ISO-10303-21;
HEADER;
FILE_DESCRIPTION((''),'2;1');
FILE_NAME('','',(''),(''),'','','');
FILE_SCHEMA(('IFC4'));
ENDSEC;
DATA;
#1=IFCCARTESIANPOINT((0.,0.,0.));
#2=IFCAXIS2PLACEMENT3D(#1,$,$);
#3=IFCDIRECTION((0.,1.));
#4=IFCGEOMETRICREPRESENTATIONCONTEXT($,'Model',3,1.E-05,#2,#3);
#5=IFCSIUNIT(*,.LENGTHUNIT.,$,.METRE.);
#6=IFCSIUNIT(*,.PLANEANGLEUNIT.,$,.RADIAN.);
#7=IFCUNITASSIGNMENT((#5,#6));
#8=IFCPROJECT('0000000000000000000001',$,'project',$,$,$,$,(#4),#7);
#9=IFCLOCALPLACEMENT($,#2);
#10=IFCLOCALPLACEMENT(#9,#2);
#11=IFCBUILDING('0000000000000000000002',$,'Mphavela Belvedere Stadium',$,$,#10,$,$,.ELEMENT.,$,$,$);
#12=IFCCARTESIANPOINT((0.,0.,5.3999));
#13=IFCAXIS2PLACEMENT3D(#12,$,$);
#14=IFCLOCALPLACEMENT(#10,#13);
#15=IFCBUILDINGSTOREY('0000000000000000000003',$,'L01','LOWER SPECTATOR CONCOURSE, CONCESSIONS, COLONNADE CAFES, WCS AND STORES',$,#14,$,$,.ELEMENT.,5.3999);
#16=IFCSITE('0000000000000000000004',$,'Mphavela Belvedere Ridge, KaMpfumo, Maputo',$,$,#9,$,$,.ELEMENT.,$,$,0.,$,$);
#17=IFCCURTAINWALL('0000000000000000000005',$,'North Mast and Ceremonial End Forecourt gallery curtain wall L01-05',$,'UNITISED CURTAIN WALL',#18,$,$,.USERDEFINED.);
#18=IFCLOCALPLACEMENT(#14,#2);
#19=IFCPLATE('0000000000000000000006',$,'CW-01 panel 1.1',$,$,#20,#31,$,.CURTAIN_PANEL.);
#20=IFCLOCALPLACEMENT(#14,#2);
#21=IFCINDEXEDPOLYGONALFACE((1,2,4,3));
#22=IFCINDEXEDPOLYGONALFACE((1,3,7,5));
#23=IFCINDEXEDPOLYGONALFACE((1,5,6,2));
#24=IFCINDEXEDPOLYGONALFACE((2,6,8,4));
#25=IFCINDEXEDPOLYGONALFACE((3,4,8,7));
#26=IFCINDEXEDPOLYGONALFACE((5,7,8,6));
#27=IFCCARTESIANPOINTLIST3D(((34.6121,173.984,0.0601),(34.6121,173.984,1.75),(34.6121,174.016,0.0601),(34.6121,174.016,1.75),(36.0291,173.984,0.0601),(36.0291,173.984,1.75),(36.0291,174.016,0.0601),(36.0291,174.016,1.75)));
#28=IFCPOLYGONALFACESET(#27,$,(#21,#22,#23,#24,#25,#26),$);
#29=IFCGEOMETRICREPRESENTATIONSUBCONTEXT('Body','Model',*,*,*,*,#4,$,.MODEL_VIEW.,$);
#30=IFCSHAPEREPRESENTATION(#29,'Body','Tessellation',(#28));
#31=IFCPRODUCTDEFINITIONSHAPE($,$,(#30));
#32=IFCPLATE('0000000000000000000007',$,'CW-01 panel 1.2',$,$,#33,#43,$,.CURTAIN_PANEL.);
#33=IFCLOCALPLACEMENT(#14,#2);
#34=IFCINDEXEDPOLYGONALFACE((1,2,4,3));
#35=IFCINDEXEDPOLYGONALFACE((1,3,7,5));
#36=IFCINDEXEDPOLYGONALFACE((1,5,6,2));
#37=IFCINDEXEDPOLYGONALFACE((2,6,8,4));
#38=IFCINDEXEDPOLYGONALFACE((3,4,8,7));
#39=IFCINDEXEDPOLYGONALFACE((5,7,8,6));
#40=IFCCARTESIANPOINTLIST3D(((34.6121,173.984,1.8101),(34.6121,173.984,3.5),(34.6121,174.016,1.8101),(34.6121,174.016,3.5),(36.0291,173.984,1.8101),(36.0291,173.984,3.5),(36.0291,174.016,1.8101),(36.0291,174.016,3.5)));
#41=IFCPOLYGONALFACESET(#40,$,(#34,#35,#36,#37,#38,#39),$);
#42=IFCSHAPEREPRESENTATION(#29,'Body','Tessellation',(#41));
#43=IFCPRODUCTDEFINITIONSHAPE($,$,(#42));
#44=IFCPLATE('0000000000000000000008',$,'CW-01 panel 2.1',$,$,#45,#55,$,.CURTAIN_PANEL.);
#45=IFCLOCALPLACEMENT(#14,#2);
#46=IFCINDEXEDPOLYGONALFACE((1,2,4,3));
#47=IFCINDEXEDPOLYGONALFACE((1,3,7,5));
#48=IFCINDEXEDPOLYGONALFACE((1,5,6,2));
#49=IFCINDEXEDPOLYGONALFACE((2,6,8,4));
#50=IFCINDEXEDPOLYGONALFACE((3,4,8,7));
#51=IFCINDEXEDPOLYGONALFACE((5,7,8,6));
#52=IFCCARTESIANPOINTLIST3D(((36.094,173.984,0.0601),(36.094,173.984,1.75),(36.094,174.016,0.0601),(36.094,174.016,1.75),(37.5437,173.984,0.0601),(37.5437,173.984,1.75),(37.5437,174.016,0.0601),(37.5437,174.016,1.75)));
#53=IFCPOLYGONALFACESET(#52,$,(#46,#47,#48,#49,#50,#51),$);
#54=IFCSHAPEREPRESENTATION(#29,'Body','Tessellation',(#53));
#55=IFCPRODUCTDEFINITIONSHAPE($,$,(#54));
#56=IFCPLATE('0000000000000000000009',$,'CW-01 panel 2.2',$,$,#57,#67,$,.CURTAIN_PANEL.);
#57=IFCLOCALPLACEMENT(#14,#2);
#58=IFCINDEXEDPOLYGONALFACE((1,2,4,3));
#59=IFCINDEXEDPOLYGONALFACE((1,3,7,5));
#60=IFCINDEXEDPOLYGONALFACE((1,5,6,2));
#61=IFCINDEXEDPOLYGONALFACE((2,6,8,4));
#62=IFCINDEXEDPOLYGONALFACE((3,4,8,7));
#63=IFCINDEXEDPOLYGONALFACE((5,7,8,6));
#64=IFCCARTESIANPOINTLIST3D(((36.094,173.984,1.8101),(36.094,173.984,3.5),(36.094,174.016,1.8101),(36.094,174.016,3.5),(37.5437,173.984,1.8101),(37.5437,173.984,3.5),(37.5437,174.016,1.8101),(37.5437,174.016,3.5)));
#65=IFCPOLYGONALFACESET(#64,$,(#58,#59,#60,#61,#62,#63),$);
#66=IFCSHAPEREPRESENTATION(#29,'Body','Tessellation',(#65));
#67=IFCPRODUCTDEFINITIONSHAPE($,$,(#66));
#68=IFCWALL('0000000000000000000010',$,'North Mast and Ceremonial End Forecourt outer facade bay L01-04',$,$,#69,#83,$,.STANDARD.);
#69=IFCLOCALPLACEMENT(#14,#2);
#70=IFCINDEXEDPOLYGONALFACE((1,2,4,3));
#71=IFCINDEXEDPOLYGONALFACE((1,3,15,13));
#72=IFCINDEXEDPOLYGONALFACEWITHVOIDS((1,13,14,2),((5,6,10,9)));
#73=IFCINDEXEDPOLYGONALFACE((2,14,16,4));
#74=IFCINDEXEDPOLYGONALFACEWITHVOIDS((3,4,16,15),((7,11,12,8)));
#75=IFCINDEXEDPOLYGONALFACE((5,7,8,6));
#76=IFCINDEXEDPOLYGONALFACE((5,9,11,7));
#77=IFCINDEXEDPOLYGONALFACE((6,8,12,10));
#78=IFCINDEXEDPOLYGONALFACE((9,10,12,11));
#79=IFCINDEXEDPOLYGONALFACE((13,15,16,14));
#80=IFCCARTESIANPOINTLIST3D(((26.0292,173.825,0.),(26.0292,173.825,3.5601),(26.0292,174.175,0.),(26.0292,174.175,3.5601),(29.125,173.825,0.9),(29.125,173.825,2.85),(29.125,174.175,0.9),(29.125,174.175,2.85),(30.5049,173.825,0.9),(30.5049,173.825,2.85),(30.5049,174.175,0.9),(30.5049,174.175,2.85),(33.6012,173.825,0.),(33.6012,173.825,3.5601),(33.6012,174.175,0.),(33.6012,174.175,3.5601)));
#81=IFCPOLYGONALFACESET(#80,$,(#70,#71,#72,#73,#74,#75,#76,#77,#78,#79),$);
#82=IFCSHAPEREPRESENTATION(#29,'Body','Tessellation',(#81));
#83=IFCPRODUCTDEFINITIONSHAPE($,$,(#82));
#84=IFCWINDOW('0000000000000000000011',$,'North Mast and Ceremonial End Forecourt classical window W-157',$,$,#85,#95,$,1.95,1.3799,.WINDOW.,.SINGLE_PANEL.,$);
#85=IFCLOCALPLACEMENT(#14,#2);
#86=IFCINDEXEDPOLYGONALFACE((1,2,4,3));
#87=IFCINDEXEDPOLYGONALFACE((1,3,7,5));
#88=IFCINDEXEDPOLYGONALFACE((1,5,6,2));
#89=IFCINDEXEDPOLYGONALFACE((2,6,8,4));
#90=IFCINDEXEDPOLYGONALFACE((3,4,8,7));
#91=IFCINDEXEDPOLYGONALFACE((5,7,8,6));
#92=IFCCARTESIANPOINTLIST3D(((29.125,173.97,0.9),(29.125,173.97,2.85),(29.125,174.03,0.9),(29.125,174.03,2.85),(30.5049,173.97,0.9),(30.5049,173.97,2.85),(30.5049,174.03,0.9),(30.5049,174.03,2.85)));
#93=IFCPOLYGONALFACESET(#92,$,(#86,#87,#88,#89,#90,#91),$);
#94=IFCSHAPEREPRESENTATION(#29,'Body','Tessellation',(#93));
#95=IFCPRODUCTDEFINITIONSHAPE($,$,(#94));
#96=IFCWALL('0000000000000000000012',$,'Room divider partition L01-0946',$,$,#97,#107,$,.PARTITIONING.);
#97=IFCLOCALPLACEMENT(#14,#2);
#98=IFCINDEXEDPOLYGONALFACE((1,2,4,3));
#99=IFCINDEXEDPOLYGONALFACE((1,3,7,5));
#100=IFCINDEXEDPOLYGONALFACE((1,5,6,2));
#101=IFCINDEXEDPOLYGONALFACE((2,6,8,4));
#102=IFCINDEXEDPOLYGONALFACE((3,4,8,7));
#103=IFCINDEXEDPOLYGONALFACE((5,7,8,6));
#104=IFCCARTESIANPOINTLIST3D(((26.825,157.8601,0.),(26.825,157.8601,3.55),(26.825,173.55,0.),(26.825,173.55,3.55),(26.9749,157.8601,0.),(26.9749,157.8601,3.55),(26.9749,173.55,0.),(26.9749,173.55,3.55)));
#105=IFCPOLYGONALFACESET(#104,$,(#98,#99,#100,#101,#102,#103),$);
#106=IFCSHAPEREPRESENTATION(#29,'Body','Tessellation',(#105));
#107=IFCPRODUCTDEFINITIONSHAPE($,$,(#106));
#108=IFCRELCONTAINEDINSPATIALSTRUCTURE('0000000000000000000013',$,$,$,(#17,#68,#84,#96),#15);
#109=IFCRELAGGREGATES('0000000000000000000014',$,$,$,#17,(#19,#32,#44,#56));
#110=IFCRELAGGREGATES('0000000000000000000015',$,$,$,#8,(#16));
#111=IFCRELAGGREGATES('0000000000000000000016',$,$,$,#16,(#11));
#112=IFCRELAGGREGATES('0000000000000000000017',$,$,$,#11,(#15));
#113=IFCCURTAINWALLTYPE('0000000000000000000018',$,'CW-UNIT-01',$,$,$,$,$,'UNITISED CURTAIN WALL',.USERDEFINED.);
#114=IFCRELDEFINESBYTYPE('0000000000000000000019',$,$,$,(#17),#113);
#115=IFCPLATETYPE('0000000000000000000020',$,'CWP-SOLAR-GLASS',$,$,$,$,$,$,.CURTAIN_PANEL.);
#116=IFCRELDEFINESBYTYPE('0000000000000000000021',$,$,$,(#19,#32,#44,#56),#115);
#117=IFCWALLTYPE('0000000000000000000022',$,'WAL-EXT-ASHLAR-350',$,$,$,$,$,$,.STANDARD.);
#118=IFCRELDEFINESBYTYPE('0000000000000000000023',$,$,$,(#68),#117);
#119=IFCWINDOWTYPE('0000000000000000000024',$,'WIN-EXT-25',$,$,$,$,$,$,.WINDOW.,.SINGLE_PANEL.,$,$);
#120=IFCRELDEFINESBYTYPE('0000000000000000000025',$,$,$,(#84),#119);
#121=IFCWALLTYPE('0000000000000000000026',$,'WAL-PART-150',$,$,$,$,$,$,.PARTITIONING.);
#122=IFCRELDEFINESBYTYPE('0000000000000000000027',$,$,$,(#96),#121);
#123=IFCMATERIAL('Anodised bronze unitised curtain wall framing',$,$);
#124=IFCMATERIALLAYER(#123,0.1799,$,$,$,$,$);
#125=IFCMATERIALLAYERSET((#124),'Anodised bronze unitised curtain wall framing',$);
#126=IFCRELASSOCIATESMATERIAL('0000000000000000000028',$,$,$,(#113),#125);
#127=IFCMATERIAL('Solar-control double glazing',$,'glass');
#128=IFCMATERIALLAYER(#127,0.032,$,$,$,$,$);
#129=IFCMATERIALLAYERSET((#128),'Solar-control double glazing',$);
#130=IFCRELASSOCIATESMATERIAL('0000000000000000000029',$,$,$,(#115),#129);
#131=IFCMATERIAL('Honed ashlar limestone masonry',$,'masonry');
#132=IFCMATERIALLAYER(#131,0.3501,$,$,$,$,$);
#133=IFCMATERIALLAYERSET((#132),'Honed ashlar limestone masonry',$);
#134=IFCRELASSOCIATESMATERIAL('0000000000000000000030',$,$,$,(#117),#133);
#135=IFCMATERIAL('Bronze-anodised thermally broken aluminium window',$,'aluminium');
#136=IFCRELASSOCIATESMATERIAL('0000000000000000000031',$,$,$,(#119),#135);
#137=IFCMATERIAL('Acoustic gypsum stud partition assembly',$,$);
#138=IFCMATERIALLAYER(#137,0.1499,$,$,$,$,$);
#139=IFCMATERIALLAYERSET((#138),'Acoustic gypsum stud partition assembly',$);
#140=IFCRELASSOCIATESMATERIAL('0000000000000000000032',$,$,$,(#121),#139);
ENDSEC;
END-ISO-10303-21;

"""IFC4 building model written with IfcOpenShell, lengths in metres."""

from ifc_helpers import new_model, si_unit, direction, frame, frame_2d, origin, origin_2d, place, context, subcontext, project, spatial, rectangle, extrude, material, layer, layer_set, type_object, element, fill, aggregate, save


model = new_model("IFC4")

# Units and contexts
model_context = context("Model", 3, precision=1e-05, world=origin(), true_north=direction((0.0, 1.0)))
body_context = subcontext(model_context, "Body", "Model", "MODEL_VIEW")
ifc_project = project(units=[si_unit("LENGTHUNIT", "METRE"), si_unit("PLANEANGLEUNIT", "RADIAN")], contexts=[model_context])

# Site, building, storey
site_placement = place(None, origin())
site = spatial("IfcSite", under=ifc_project, at=site_placement, Name="Mphavela Belvedere Ridge, KaMpfumo, Maputo", CompositionType="ELEMENT", RefElevation=0.0)
building_placement = place(site_placement, origin())
building = spatial("IfcBuilding", under=site, at=building_placement, Name="Mphavela Belvedere Stadium", CompositionType="ELEMENT")
storey_placement = place(building_placement, frame((0.0, 0.0, 5.3999)))
storey = spatial("IfcBuildingStorey", under=building, at=storey_placement, Name="L01", Description="LOWER SPECTATOR CONCOURSE, CONCESSIONS, COLONNADE CAFES, WCS AND STORES", CompositionType="ELEMENT", Elevation=5.3999)

# Curtain wall, plates
ifc_material_1 = material(Name="Anodised bronze unitised curtain wall framing")
ifc_layer_1 = layer(ifc_material_1, 0.1799)
ifc_layer_set_1 = layer_set([ifc_layer_1], Name="Anodised bronze unitised curtain wall framing")
curtain_wall_type = type_object("IfcCurtainWallType", Name="CW-UNIT-01", ElementType="UNITISED CURTAIN WALL", PredefinedType="USERDEFINED", material=ifc_layer_set_1)
curtain_wall_placement = place(storey_placement, origin())
curtain_wall = element("IfcCurtainWall", 1, at=curtain_wall_placement, inside=storey, type_object=curtain_wall_type, Name="North Mast and Ceremonial End Forecourt gallery curtain wall L01-05", ObjectType="UNITISED CURTAIN WALL", PredefinedType="USERDEFINED")
ifc_material_2 = material(Name="Solar-control double glazing", Category="glass")
ifc_layer_2 = layer(ifc_material_2, 0.032)
ifc_layer_set_2 = layer_set([ifc_layer_2], Name="Solar-control double glazing")
plate_type = type_object("IfcPlateType", Name="CWP-SOLAR-GLASS", PredefinedType="CURTAIN_PANEL", material=ifc_layer_set_2)
plate_1_placement = place(storey_placement, frame((35.3206, 174.0, 0.0601), z_axis=(0.0, 0.0, 1.0), x_axis=(1.0, 0.0, 0.0)))
plate_1 = element("IfcPlate", 2, at=plate_1_placement, type_object=plate_type, Name="CW-01 panel 1.1", PredefinedType="CURTAIN_PANEL", context=body_context, shape_type="SweptSolid", body=[
    extrude(rectangle(XDim=1.417, YDim=0.032, at=origin_2d()), origin(), (0.0, 0.0, 1.0), 1.6899),
])
plate_2_placement = place(storey_placement, frame((35.3206, 174.0, 1.8101), z_axis=(0.0, 0.0, 1.0), x_axis=(1.0, 0.0, 0.0)))
plate_2 = element("IfcPlate", 3, at=plate_2_placement, type_object=plate_type, Name="CW-01 panel 1.2", PredefinedType="CURTAIN_PANEL", context=body_context, shape_type="SweptSolid", body=[
    extrude(rectangle(XDim=1.417, YDim=0.032, at=origin_2d()), origin(), (0.0, 0.0, 1.0), 1.6899),
])
plate_3_placement = place(storey_placement, frame((36.8188, 174.0, 0.0601), z_axis=(0.0, 0.0, 1.0), x_axis=(1.0, 0.0, 0.0)))
plate_3 = element("IfcPlate", 4, at=plate_3_placement, type_object=plate_type, Name="CW-01 panel 2.1", PredefinedType="CURTAIN_PANEL", context=body_context, shape_type="SweptSolid", body=[
    extrude(rectangle(XDim=1.4497, YDim=0.032, at=origin_2d()), origin(), (0.0, 0.0, 1.0), 1.6899),
])
plate_4_placement = place(storey_placement, frame((36.8188, 174.0, 1.8101), z_axis=(0.0, 0.0, 1.0), x_axis=(1.0, 0.0, 0.0)))
plate_4 = element("IfcPlate", 5, at=plate_4_placement, type_object=plate_type, Name="CW-01 panel 2.2", PredefinedType="CURTAIN_PANEL", context=body_context, shape_type="SweptSolid", body=[
    extrude(rectangle(XDim=1.4497, YDim=0.032, at=origin_2d()), origin(), (0.0, 0.0, 1.0), 1.6899),
])
aggregate(curtain_wall, [plate_1, plate_2, plate_3, plate_4])

# Wall, opening, window
ifc_material_3 = material(Name="Honed ashlar limestone masonry", Category="masonry")
ifc_layer_3 = layer(ifc_material_3, 0.3501)
ifc_layer_set_3 = layer_set([ifc_layer_3], Name="Honed ashlar limestone masonry")
wall_type_1 = type_object("IfcWallType", Name="WAL-EXT-ASHLAR-350", PredefinedType="STANDARD", material=ifc_layer_set_3)
wall_1_placement = place(storey_placement, frame((26.0291, 174.0, 0.0), z_axis=(0.0, 0.0, 1.0), x_axis=(1.0, 0.0, 0.0)))
wall_1 = element("IfcWall", 6, at=wall_1_placement, inside=storey, type_object=wall_type_1, Name="North Mast and Ceremonial End Forecourt outer facade bay L01-04", PredefinedType="STANDARD", context=body_context, shape_type="SweptSolid", body=[
    extrude(rectangle(XDim=7.572, YDim=0.3501, at=frame_2d((3.7861, 0.0))), origin(), (0.0, 0.0, 1.0), 3.5601),
])
opening_placement = place(wall_1_placement, frame((3.0959, 0.0, 0.8999)))
opening = element("IfcOpeningElement", 7, at=opening_placement, cuts=wall_1, PredefinedType="OPENING", context=body_context, shape_type="SweptSolid", body=[
    extrude(rectangle(XDim=1.3799, YDim=1.95, at=frame_2d((0.6899, 0.9751))), frame((0.0, 0.1851, 0.0), z_axis=(0.0, -1.0, 0.0), x_axis=(1.0, 0.0, 0.0)), (0.0, 0.0, 1.0), 0.3701),
])
ifc_material_4 = material(Name="Bronze-anodised thermally broken aluminium window", Category="aluminium")
window_type = type_object("IfcWindowType", Name="WIN-EXT-25", PartitioningType="SINGLE_PANEL", PredefinedType="WINDOW", material=ifc_material_4)
window_placement = place(opening_placement, origin())
window = element("IfcWindow", 8, at=window_placement, inside=storey, type_object=window_type, Name="North Mast and Ceremonial End Forecourt classical window W-157", OverallHeight=1.95, OverallWidth=1.3799, PartitioningType="SINGLE_PANEL", PredefinedType="WINDOW", context=body_context, shape_type="SweptSolid", body=[
    extrude(rectangle(XDim=1.3799, YDim=1.95, at=frame_2d((0.6899, 0.9751))), frame((0.0, 0.03, 0.0), z_axis=(0.0, -1.0, 0.0), x_axis=(1.0, 0.0, 0.0)), (0.0, 0.0, 1.0), 0.0601),
])
fill(opening, window)

# Wall
ifc_material_5 = material(Name="Acoustic gypsum stud partition assembly")
ifc_layer_4 = layer(ifc_material_5, 0.1499)
ifc_layer_set_4 = layer_set([ifc_layer_4], Name="Acoustic gypsum stud partition assembly")
wall_type_2 = type_object("IfcWallType", Name="WAL-PART-150", PredefinedType="PARTITIONING", material=ifc_layer_set_4)
wall_2_placement = place(storey_placement, frame((26.8999, 173.55, 0.0), z_axis=(0.0, 0.0, 1.0), x_axis=(0.0, -1.0, 0.0)))
element("IfcWall", 9, at=wall_2_placement, inside=storey, type_object=wall_type_2, Name="Room divider partition L01-0946", PredefinedType="PARTITIONING", context=body_context, shape_type="SweptSolid", body=[
    extrude(rectangle(XDim=15.6899, YDim=0.1499, at=frame_2d((7.845, 0.0))), origin(), (0.0, 0.0, 1.0), 3.55),
])

save(model, "model.ifc")
